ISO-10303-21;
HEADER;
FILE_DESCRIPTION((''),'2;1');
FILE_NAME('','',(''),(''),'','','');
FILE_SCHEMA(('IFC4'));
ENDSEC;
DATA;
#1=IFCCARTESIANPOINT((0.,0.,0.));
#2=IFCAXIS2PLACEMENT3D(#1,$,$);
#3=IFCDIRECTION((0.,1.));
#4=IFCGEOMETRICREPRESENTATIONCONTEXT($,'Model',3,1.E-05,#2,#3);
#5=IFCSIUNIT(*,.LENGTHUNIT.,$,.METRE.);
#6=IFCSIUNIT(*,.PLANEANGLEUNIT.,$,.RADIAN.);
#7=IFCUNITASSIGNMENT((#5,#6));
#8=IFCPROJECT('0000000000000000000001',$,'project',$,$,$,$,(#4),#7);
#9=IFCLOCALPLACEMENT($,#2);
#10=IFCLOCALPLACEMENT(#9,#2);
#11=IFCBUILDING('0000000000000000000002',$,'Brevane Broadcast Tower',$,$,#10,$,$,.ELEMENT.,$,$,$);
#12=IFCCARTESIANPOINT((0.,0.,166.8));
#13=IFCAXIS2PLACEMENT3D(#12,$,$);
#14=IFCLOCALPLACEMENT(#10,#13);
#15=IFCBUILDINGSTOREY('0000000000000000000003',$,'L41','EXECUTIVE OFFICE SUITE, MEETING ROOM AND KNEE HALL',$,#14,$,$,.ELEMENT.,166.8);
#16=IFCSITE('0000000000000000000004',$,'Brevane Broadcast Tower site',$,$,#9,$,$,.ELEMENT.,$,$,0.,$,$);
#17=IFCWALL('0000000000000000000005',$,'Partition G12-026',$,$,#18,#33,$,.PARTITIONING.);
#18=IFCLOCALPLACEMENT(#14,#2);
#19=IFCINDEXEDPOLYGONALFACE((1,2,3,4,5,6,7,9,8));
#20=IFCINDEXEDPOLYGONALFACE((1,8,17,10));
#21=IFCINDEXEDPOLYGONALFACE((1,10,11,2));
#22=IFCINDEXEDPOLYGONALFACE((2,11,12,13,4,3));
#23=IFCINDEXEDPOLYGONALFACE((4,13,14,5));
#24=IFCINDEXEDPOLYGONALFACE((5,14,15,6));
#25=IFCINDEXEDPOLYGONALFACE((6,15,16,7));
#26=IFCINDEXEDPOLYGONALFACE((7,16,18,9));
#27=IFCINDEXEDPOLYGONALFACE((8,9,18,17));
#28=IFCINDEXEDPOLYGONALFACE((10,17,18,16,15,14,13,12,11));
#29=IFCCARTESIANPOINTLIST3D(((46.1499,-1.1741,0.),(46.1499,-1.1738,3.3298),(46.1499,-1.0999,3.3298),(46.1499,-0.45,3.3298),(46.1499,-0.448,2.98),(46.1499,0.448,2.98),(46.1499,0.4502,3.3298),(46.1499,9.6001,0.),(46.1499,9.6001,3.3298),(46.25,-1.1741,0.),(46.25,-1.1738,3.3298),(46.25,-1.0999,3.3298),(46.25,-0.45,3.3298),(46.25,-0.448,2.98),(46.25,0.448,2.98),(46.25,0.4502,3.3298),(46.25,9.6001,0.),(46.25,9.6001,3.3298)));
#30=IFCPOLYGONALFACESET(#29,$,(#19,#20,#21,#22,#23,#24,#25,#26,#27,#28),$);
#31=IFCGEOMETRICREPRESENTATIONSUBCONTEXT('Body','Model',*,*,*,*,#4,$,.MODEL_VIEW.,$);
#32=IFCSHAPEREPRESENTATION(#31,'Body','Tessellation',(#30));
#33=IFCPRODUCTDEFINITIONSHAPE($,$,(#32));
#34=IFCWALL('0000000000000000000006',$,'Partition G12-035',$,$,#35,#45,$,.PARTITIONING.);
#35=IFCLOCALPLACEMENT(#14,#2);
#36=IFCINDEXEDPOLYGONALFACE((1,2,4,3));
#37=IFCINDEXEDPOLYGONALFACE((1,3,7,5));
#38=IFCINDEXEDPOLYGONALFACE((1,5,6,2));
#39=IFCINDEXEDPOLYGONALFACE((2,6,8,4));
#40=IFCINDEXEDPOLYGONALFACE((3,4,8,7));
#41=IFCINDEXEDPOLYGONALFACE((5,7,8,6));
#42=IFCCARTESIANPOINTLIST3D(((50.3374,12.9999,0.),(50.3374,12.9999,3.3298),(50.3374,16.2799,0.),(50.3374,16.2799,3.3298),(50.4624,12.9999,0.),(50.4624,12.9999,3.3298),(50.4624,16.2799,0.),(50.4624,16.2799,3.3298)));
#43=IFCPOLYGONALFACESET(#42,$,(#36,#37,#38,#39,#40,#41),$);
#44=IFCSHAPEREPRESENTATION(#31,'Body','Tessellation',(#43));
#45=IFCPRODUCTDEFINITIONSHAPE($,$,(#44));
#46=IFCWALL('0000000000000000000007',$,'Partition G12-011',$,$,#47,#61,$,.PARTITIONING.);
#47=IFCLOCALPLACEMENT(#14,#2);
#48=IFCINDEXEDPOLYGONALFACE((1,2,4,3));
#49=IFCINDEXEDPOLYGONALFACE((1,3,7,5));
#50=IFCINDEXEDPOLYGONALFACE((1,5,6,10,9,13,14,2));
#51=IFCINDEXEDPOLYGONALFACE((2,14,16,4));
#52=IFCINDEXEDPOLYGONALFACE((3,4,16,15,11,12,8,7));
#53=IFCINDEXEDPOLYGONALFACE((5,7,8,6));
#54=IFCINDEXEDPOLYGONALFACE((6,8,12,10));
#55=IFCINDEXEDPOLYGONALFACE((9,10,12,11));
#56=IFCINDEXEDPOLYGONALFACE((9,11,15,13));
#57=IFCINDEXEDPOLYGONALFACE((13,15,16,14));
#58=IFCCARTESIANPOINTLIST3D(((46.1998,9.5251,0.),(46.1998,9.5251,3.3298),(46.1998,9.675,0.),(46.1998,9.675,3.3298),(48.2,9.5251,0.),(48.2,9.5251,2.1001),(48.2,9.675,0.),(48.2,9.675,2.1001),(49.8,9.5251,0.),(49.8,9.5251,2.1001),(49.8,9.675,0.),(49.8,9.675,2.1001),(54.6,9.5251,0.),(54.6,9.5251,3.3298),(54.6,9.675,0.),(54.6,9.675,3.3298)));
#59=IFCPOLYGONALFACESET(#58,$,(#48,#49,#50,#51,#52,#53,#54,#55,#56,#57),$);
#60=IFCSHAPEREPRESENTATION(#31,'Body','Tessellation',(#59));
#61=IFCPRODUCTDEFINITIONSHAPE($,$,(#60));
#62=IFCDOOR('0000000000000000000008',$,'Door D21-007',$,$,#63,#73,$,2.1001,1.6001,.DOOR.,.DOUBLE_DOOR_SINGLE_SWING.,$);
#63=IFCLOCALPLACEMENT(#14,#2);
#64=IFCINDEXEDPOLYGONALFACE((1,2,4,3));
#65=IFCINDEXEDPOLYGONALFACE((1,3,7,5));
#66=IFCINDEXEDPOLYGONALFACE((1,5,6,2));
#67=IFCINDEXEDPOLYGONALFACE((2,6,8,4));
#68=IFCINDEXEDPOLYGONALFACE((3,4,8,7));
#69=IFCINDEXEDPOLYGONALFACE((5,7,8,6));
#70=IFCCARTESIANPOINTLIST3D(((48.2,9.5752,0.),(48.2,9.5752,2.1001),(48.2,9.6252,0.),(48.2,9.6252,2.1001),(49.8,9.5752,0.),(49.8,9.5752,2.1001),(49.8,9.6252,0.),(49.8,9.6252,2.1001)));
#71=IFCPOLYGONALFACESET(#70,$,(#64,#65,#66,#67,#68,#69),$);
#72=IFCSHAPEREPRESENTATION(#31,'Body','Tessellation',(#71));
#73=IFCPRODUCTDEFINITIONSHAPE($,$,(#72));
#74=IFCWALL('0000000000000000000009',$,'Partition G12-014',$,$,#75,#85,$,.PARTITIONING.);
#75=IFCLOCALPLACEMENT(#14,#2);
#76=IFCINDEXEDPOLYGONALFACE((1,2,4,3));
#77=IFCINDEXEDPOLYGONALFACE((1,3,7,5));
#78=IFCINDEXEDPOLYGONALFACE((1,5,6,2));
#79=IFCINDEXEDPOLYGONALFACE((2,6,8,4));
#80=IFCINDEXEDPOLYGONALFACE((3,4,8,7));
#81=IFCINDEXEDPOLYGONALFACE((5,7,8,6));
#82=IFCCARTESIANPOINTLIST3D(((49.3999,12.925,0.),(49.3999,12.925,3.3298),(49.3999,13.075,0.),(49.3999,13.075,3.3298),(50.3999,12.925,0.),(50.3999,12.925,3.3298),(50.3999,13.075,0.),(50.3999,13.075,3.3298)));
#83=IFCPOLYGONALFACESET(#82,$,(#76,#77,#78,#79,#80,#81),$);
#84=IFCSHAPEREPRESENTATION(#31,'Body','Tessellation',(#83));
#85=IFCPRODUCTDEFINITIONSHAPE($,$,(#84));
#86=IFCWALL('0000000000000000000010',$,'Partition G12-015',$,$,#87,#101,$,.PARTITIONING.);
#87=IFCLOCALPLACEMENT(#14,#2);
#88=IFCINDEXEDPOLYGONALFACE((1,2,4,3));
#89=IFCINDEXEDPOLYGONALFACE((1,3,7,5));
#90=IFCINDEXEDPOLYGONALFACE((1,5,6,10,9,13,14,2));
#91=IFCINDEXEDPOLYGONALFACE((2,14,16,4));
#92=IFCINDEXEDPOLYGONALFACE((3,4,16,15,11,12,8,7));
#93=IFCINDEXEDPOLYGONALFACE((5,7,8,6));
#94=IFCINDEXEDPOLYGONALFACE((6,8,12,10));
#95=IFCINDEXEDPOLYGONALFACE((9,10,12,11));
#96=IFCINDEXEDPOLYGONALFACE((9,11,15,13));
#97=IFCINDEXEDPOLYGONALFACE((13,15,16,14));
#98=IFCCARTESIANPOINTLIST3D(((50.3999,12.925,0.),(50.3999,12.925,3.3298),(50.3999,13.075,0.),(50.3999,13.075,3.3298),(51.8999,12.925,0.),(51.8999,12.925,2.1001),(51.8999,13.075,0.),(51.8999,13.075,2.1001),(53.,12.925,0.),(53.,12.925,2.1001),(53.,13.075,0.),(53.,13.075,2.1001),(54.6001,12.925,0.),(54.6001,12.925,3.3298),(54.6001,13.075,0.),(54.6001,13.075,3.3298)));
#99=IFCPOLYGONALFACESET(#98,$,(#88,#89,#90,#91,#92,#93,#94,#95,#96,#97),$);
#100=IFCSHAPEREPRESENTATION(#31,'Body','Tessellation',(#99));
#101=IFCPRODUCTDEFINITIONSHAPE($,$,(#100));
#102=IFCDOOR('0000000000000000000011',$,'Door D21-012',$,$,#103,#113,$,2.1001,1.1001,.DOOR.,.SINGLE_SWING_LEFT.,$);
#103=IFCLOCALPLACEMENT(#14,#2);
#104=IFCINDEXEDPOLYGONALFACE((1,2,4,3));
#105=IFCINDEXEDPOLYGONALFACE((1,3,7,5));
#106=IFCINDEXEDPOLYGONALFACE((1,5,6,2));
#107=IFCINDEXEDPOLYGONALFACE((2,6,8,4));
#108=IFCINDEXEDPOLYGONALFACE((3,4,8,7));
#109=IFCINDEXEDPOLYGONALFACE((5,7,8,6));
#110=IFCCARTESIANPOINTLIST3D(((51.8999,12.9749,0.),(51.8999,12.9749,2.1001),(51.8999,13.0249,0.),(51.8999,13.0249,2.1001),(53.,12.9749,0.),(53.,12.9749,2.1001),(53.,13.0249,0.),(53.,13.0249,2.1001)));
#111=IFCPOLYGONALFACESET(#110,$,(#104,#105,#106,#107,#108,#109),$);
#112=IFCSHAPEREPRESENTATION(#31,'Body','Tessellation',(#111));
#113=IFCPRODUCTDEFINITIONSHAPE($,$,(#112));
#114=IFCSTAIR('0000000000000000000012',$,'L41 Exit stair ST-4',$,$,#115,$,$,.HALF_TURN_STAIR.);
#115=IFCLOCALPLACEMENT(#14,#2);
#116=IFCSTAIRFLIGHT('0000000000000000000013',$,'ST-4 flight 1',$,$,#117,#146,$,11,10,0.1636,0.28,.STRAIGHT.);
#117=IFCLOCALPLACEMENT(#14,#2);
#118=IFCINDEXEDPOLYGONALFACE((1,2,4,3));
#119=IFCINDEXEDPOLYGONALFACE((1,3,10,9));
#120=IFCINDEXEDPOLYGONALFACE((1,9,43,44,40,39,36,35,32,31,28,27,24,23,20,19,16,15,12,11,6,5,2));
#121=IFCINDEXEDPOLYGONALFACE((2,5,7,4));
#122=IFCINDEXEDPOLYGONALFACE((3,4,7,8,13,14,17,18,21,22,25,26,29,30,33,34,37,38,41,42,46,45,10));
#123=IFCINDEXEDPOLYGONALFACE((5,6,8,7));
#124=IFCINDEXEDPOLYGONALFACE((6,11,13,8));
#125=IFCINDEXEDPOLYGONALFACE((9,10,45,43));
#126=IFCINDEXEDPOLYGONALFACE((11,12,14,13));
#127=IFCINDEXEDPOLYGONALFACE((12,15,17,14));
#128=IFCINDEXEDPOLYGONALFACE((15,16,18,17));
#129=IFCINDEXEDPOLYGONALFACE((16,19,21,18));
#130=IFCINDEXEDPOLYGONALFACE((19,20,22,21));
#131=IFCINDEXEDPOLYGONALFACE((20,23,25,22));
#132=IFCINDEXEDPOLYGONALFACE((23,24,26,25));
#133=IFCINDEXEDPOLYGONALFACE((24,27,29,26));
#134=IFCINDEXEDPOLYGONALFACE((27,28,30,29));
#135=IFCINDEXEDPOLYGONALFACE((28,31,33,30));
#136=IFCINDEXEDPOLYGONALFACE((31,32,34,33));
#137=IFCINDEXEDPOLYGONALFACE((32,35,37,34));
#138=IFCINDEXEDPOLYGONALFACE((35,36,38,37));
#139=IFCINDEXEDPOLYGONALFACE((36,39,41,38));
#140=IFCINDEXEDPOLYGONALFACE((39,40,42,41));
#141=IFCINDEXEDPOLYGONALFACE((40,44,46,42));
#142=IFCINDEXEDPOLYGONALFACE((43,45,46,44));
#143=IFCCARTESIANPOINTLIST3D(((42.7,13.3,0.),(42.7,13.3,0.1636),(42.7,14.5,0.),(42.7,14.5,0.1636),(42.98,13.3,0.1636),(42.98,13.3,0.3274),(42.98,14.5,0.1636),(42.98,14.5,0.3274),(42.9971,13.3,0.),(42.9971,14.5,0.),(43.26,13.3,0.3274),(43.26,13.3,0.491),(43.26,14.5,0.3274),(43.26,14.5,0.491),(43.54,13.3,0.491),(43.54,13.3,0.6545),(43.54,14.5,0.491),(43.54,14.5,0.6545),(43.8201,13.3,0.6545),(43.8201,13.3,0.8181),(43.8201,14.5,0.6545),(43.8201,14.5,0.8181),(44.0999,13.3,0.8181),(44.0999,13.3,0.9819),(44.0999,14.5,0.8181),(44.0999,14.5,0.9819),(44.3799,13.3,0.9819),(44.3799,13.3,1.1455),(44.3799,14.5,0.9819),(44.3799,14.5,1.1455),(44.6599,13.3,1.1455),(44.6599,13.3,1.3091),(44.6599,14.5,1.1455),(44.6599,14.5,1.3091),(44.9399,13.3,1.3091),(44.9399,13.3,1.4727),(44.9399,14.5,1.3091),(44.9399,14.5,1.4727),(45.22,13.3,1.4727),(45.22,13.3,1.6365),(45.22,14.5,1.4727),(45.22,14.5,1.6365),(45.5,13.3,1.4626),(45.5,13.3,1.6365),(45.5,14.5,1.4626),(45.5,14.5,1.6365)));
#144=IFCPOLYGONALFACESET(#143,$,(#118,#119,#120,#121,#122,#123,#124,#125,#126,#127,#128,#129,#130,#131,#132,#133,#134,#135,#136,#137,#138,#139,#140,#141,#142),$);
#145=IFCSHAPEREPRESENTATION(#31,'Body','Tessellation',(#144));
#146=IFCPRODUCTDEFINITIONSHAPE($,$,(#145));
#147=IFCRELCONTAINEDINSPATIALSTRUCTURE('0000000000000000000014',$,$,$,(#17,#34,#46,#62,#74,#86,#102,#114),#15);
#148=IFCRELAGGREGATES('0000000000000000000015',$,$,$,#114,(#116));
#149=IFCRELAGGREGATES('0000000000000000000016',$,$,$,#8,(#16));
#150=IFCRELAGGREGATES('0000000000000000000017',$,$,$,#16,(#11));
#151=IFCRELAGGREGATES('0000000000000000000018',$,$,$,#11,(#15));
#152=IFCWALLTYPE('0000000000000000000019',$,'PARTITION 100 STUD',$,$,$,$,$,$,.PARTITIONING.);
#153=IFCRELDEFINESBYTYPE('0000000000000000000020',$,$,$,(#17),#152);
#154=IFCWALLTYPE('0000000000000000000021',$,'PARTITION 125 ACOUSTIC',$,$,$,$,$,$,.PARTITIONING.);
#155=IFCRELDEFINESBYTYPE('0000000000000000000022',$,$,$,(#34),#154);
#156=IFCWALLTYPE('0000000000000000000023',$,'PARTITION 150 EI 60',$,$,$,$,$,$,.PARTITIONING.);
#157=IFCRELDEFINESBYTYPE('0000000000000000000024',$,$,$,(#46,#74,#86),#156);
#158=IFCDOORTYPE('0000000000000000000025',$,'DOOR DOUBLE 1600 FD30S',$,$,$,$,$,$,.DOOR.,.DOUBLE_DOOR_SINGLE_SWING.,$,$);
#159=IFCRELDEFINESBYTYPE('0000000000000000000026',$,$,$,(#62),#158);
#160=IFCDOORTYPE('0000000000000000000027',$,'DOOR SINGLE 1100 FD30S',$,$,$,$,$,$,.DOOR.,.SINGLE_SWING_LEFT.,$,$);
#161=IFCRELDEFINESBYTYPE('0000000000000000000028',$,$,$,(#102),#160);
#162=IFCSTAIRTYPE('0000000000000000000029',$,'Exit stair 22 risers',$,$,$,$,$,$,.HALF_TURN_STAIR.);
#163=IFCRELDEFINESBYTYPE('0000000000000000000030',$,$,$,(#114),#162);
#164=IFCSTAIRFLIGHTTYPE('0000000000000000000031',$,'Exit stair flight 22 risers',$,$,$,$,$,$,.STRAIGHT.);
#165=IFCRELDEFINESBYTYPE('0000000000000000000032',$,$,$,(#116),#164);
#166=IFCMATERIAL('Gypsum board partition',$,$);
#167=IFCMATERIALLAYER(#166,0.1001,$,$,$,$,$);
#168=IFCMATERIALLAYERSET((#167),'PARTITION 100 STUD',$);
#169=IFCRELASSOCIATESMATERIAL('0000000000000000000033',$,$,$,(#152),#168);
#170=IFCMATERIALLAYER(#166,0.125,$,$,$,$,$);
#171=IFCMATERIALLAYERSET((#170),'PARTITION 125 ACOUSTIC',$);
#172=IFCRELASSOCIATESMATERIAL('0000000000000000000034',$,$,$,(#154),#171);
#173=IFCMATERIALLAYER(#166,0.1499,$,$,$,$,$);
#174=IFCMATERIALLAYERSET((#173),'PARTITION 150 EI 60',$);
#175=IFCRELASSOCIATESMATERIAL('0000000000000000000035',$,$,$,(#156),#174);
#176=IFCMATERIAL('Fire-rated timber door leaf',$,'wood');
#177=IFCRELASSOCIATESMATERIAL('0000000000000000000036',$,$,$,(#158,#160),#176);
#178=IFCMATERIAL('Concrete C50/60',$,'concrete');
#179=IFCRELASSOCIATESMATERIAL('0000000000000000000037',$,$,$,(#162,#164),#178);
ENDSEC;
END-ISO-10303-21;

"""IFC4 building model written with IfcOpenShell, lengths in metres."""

from ifc_helpers import new_model, si_unit, direction, frame, frame_2d, origin, place, context, subcontext, project, spatial, polyline, rectangle, outline, extrude, material, layer, layer_set, type_object, element, fill, aggregate, save


model = new_model("IFC4")

# Units and contexts
model_context = context("Model", 3, precision=1e-05, world=origin(), true_north=direction((0.0, 1.0)))
body_context = subcontext(model_context, "Body", "Model", "MODEL_VIEW")
ifc_project = project(units=[si_unit("LENGTHUNIT", "METRE"), si_unit("PLANEANGLEUNIT", "RADIAN")], contexts=[model_context])

# Site, building, storey
site_placement = place(None, origin())
site = spatial("IfcSite", under=ifc_project, at=site_placement, Name="Brevane Broadcast Tower site", CompositionType="ELEMENT", RefElevation=0.0)
building_placement = place(site_placement, origin())
building = spatial("IfcBuilding", under=site, at=building_placement, Name="Brevane Broadcast Tower", CompositionType="ELEMENT")
storey_placement = place(building_placement, frame((0.0, 0.0, 166.8)))
storey = spatial("IfcBuildingStorey", under=building, at=storey_placement, Name="L41", Description="EXECUTIVE OFFICE SUITE, MEETING ROOM AND KNEE HALL", CompositionType="ELEMENT", Elevation=166.8)

# Walls
ifc_material_1 = material(Name="Gypsum board partition")
ifc_layer_1 = layer(ifc_material_1, 0.1001)
ifc_layer_set_1 = layer_set([ifc_layer_1], Name="PARTITION 100 STUD")
wall_type_1 = type_object("IfcWallType", Name="PARTITION 100 STUD", PredefinedType="PARTITIONING", material=ifc_layer_set_1)
wall_1_placement = place(storey_placement, frame((46.2, 9.6001, 0.0), z_axis=(0.0, 0.0, 1.0), x_axis=(0.0, -1.0, 0.0)))
element("IfcWall", 1, at=wall_1_placement, inside=storey, type_object=wall_type_1, Name="Partition G12-026", PredefinedType="PARTITIONING", context=body_context, shape_type="SweptSolid", body=[
    extrude(outline(polyline([(0.0, 0.0), (10.7742, 0.0), (10.7739, 3.3298), (10.7, 3.3298), (10.05, 3.3298), (10.0481, 2.98), (9.1521, 2.98), (9.1499, 3.3298), (0.0, 3.3298), (0.0, 0.0)])), frame((0.0, 0.05, 0.0), z_axis=(0.0, -1.0, 0.0), x_axis=(1.0, 0.0, 0.0)), (0.0, 0.0, 1.0), 0.1001),
])
ifc_layer_2 = layer(ifc_material_1, 0.125)
ifc_layer_set_2 = layer_set([ifc_layer_2], Name="PARTITION 125 ACOUSTIC")
wall_type_2 = type_object("IfcWallType", Name="PARTITION 125 ACOUSTIC", PredefinedType="PARTITIONING", material=ifc_layer_set_2)
wall_2_placement = place(storey_placement, frame((50.3999, 16.28, 0.0), z_axis=(0.0, 0.0, 1.0), x_axis=(0.0, -1.0, 0.0)))
element("IfcWall", 2, at=wall_2_placement, inside=storey, type_object=wall_type_2, Name="Partition G12-035", PredefinedType="PARTITIONING", context=body_context, shape_type="SweptSolid", body=[
    extrude(rectangle(XDim=3.28, YDim=0.125, at=frame_2d((1.6401, 0.0))), origin(), (0.0, 0.0, 1.0), 3.3298),
])

# Wall, opening, door
ifc_layer_3 = layer(ifc_material_1, 0.1499)
ifc_layer_set_3 = layer_set([ifc_layer_3], Name="PARTITION 150 EI 60")
wall_type_3 = type_object("IfcWallType", Name="PARTITION 150 EI 60", PredefinedType="PARTITIONING", material=ifc_layer_set_3)
ifc_material_2 = material(Name="Fire-rated timber door leaf", Category="wood")
wall_3_placement = place(storey_placement, frame((54.6001, 9.6001, 0.0), z_axis=(0.0, 0.0, 1.0), x_axis=(-1.0, 0.0, 0.0)))
wall_3 = element("IfcWall", 3, at=wall_3_placement, inside=storey, type_object=wall_type_3, Name="Partition G12-011", PredefinedType="PARTITIONING", context=body_context, shape_type="SweptSolid", body=[
    extrude(rectangle(XDim=8.4001, YDim=0.1499, at=frame_2d((4.2002, 0.0))), origin(), (0.0, 0.0, 1.0), 3.3298),
])
opening_1_placement = place(wall_3_placement, frame((4.8, 0.0, 0.0)))
opening_1 = element("IfcOpeningElement", 4, at=opening_1_placement, cuts=wall_3, PredefinedType="OPENING", context=body_context, shape_type="SweptSolid", body=[
    extrude(rectangle(XDim=1.6001, YDim=2.1001, at=frame_2d((0.8, 1.05))), frame((0.0, 0.085, 0.0), z_axis=(0.0, -1.0, 0.0), x_axis=(1.0, 0.0, 0.0)), (0.0, 0.0, 1.0), 0.1699),
])
door_type_1 = type_object("IfcDoorType", Name="DOOR DOUBLE 1600 FD30S", OperationType="DOUBLE_DOOR_SINGLE_SWING", PredefinedType="DOOR", material=ifc_material_2)
door_1_placement = place(opening_1_placement, origin())
door_1 = element("IfcDoor", 5, at=door_1_placement, inside=storey, type_object=door_type_1, Name="Door D21-007", OperationType="DOUBLE_DOOR_SINGLE_SWING", OverallHeight=2.1001, OverallWidth=1.6001, PredefinedType="DOOR", context=body_context, shape_type="SweptSolid", body=[
    extrude(rectangle(XDim=1.6001, YDim=2.1001, at=frame_2d((0.8, 1.05))), frame((0.0, 0.0249, 0.0), z_axis=(0.0, -1.0, 0.0), x_axis=(1.0, 0.0, 0.0)), (0.0, 0.0, 1.0), 0.05),
])
fill(opening_1, door_1)

# Wall
wall_4_placement = place(storey_placement, frame((49.3999, 13.0, 0.0), z_axis=(0.0, 0.0, 1.0), x_axis=(1.0, 0.0, 0.0)))
element("IfcWall", 6, at=wall_4_placement, inside=storey, type_object=wall_type_3, Name="Partition G12-014", PredefinedType="PARTITIONING", context=body_context, shape_type="SweptSolid", body=[
    extrude(rectangle(XDim=1.0, YDim=0.1499, at=frame_2d((0.5, 0.0))), origin(), (0.0, 0.0, 1.0), 3.3298),
])

# Wall, opening, door
wall_5_placement = place(storey_placement, frame((50.3999, 13.0, 0.0), z_axis=(0.0, 0.0, 1.0), x_axis=(1.0, 0.0, 0.0)))
wall_5 = element("IfcWall", 7, at=wall_5_placement, inside=storey, type_object=wall_type_3, Name="Partition G12-015", PredefinedType="PARTITIONING", context=body_context, shape_type="SweptSolid", body=[
    extrude(rectangle(XDim=4.2002, YDim=0.1499, at=frame_2d((2.1001, 0.0))), origin(), (0.0, 0.0, 1.0), 3.3298),
])
opening_2_placement = place(wall_5_placement, frame((1.5, 0.0, 0.0)))
opening_2 = element("IfcOpeningElement", 8, at=opening_2_placement, cuts=wall_5, PredefinedType="OPENING", context=body_context, shape_type="SweptSolid", body=[
    extrude(rectangle(XDim=1.1001, YDim=2.1001, at=frame_2d((0.55, 1.05))), frame((0.0, 0.085, 0.0), z_axis=(0.0, -1.0, 0.0), x_axis=(1.0, 0.0, 0.0)), (0.0, 0.0, 1.0), 0.1699),
])
door_type_2 = type_object("IfcDoorType", Name="DOOR SINGLE 1100 FD30S", OperationType="SINGLE_SWING_LEFT", PredefinedType="DOOR", material=ifc_material_2)
door_2_placement = place(opening_2_placement, origin())
door_2 = element("IfcDoor", 9, at=door_2_placement, inside=storey, type_object=door_type_2, Name="Door D21-012", OperationType="SINGLE_SWING_LEFT", OverallHeight=2.1001, OverallWidth=1.1001, PredefinedType="DOOR", context=body_context, shape_type="SweptSolid", body=[
    extrude(rectangle(XDim=1.1001, YDim=2.1001, at=frame_2d((0.55, 1.05))), frame((0.0, 0.0249, 0.0), z_axis=(0.0, -1.0, 0.0), x_axis=(1.0, 0.0, 0.0)), (0.0, 0.0, 1.0), 0.05),
])
fill(opening_2, door_2)

# Stair, stair flight
ifc_material_3 = material(Name="Concrete C50/60", Category="concrete")
stair_type = type_object("IfcStairType", Name="Exit stair 22 risers", PredefinedType="HALF_TURN_STAIR", material=ifc_material_3)
stair_placement = place(storey_placement, origin())
stair = element("IfcStair", 10, at=stair_placement, inside=storey, type_object=stair_type, Name="L41 Exit stair ST-4", PredefinedType="HALF_TURN_STAIR")
stair_flight_type = type_object("IfcStairFlightType", Name="Exit stair flight 22 risers", PredefinedType="STRAIGHT", material=ifc_material_3)
stair_flight_1_placement = place(storey_placement, frame((42.7, 13.8999, 0.0), z_axis=(0.0, 0.0, 1.0), x_axis=(1.0, 0.0, 0.0)))
stair_flight_1 = element("IfcStairFlight", 11, at=stair_flight_1_placement, type_object=stair_flight_type, Name="ST-4 flight 1", NumberOfRisers=11, NumberOfTreads=10, PredefinedType="STRAIGHT", RiserHeight=0.1636, TreadLength=0.28, context=body_context, shape_type="SweptSolid", body=[
    extrude(outline(polyline([(0.0, 0.0), (0.0, 0.1636), (0.28, 0.1636), (0.28, 0.3274), (0.5601, 0.3274), (0.5601, 0.491), (0.8401, 0.491), (0.8401, 0.6545), (1.1201, 0.6545), (1.1201, 0.8181), (1.3999, 0.8181), (1.3999, 0.9819), (1.6799, 0.9819), (1.6799, 1.1455), (1.96, 1.1455), (1.96, 1.3091), (2.24, 1.3091), (2.24, 1.4727), (2.52, 1.4727), (2.52, 1.6365), (2.8, 1.6365), (2.8, 1.8), (2.8, 1.4626), (0.2971, 0.0), (0.0, 0.0)])), frame((0.0, 0.6001, 0.0), z_axis=(0.0, -1.0, 0.0), x_axis=(1.0, 0.0, 0.0)), (0.0, 0.0, 1.0), 1.2),
])
aggregate(stair, [stair_flight_1])

save(model, "model.ifc")
